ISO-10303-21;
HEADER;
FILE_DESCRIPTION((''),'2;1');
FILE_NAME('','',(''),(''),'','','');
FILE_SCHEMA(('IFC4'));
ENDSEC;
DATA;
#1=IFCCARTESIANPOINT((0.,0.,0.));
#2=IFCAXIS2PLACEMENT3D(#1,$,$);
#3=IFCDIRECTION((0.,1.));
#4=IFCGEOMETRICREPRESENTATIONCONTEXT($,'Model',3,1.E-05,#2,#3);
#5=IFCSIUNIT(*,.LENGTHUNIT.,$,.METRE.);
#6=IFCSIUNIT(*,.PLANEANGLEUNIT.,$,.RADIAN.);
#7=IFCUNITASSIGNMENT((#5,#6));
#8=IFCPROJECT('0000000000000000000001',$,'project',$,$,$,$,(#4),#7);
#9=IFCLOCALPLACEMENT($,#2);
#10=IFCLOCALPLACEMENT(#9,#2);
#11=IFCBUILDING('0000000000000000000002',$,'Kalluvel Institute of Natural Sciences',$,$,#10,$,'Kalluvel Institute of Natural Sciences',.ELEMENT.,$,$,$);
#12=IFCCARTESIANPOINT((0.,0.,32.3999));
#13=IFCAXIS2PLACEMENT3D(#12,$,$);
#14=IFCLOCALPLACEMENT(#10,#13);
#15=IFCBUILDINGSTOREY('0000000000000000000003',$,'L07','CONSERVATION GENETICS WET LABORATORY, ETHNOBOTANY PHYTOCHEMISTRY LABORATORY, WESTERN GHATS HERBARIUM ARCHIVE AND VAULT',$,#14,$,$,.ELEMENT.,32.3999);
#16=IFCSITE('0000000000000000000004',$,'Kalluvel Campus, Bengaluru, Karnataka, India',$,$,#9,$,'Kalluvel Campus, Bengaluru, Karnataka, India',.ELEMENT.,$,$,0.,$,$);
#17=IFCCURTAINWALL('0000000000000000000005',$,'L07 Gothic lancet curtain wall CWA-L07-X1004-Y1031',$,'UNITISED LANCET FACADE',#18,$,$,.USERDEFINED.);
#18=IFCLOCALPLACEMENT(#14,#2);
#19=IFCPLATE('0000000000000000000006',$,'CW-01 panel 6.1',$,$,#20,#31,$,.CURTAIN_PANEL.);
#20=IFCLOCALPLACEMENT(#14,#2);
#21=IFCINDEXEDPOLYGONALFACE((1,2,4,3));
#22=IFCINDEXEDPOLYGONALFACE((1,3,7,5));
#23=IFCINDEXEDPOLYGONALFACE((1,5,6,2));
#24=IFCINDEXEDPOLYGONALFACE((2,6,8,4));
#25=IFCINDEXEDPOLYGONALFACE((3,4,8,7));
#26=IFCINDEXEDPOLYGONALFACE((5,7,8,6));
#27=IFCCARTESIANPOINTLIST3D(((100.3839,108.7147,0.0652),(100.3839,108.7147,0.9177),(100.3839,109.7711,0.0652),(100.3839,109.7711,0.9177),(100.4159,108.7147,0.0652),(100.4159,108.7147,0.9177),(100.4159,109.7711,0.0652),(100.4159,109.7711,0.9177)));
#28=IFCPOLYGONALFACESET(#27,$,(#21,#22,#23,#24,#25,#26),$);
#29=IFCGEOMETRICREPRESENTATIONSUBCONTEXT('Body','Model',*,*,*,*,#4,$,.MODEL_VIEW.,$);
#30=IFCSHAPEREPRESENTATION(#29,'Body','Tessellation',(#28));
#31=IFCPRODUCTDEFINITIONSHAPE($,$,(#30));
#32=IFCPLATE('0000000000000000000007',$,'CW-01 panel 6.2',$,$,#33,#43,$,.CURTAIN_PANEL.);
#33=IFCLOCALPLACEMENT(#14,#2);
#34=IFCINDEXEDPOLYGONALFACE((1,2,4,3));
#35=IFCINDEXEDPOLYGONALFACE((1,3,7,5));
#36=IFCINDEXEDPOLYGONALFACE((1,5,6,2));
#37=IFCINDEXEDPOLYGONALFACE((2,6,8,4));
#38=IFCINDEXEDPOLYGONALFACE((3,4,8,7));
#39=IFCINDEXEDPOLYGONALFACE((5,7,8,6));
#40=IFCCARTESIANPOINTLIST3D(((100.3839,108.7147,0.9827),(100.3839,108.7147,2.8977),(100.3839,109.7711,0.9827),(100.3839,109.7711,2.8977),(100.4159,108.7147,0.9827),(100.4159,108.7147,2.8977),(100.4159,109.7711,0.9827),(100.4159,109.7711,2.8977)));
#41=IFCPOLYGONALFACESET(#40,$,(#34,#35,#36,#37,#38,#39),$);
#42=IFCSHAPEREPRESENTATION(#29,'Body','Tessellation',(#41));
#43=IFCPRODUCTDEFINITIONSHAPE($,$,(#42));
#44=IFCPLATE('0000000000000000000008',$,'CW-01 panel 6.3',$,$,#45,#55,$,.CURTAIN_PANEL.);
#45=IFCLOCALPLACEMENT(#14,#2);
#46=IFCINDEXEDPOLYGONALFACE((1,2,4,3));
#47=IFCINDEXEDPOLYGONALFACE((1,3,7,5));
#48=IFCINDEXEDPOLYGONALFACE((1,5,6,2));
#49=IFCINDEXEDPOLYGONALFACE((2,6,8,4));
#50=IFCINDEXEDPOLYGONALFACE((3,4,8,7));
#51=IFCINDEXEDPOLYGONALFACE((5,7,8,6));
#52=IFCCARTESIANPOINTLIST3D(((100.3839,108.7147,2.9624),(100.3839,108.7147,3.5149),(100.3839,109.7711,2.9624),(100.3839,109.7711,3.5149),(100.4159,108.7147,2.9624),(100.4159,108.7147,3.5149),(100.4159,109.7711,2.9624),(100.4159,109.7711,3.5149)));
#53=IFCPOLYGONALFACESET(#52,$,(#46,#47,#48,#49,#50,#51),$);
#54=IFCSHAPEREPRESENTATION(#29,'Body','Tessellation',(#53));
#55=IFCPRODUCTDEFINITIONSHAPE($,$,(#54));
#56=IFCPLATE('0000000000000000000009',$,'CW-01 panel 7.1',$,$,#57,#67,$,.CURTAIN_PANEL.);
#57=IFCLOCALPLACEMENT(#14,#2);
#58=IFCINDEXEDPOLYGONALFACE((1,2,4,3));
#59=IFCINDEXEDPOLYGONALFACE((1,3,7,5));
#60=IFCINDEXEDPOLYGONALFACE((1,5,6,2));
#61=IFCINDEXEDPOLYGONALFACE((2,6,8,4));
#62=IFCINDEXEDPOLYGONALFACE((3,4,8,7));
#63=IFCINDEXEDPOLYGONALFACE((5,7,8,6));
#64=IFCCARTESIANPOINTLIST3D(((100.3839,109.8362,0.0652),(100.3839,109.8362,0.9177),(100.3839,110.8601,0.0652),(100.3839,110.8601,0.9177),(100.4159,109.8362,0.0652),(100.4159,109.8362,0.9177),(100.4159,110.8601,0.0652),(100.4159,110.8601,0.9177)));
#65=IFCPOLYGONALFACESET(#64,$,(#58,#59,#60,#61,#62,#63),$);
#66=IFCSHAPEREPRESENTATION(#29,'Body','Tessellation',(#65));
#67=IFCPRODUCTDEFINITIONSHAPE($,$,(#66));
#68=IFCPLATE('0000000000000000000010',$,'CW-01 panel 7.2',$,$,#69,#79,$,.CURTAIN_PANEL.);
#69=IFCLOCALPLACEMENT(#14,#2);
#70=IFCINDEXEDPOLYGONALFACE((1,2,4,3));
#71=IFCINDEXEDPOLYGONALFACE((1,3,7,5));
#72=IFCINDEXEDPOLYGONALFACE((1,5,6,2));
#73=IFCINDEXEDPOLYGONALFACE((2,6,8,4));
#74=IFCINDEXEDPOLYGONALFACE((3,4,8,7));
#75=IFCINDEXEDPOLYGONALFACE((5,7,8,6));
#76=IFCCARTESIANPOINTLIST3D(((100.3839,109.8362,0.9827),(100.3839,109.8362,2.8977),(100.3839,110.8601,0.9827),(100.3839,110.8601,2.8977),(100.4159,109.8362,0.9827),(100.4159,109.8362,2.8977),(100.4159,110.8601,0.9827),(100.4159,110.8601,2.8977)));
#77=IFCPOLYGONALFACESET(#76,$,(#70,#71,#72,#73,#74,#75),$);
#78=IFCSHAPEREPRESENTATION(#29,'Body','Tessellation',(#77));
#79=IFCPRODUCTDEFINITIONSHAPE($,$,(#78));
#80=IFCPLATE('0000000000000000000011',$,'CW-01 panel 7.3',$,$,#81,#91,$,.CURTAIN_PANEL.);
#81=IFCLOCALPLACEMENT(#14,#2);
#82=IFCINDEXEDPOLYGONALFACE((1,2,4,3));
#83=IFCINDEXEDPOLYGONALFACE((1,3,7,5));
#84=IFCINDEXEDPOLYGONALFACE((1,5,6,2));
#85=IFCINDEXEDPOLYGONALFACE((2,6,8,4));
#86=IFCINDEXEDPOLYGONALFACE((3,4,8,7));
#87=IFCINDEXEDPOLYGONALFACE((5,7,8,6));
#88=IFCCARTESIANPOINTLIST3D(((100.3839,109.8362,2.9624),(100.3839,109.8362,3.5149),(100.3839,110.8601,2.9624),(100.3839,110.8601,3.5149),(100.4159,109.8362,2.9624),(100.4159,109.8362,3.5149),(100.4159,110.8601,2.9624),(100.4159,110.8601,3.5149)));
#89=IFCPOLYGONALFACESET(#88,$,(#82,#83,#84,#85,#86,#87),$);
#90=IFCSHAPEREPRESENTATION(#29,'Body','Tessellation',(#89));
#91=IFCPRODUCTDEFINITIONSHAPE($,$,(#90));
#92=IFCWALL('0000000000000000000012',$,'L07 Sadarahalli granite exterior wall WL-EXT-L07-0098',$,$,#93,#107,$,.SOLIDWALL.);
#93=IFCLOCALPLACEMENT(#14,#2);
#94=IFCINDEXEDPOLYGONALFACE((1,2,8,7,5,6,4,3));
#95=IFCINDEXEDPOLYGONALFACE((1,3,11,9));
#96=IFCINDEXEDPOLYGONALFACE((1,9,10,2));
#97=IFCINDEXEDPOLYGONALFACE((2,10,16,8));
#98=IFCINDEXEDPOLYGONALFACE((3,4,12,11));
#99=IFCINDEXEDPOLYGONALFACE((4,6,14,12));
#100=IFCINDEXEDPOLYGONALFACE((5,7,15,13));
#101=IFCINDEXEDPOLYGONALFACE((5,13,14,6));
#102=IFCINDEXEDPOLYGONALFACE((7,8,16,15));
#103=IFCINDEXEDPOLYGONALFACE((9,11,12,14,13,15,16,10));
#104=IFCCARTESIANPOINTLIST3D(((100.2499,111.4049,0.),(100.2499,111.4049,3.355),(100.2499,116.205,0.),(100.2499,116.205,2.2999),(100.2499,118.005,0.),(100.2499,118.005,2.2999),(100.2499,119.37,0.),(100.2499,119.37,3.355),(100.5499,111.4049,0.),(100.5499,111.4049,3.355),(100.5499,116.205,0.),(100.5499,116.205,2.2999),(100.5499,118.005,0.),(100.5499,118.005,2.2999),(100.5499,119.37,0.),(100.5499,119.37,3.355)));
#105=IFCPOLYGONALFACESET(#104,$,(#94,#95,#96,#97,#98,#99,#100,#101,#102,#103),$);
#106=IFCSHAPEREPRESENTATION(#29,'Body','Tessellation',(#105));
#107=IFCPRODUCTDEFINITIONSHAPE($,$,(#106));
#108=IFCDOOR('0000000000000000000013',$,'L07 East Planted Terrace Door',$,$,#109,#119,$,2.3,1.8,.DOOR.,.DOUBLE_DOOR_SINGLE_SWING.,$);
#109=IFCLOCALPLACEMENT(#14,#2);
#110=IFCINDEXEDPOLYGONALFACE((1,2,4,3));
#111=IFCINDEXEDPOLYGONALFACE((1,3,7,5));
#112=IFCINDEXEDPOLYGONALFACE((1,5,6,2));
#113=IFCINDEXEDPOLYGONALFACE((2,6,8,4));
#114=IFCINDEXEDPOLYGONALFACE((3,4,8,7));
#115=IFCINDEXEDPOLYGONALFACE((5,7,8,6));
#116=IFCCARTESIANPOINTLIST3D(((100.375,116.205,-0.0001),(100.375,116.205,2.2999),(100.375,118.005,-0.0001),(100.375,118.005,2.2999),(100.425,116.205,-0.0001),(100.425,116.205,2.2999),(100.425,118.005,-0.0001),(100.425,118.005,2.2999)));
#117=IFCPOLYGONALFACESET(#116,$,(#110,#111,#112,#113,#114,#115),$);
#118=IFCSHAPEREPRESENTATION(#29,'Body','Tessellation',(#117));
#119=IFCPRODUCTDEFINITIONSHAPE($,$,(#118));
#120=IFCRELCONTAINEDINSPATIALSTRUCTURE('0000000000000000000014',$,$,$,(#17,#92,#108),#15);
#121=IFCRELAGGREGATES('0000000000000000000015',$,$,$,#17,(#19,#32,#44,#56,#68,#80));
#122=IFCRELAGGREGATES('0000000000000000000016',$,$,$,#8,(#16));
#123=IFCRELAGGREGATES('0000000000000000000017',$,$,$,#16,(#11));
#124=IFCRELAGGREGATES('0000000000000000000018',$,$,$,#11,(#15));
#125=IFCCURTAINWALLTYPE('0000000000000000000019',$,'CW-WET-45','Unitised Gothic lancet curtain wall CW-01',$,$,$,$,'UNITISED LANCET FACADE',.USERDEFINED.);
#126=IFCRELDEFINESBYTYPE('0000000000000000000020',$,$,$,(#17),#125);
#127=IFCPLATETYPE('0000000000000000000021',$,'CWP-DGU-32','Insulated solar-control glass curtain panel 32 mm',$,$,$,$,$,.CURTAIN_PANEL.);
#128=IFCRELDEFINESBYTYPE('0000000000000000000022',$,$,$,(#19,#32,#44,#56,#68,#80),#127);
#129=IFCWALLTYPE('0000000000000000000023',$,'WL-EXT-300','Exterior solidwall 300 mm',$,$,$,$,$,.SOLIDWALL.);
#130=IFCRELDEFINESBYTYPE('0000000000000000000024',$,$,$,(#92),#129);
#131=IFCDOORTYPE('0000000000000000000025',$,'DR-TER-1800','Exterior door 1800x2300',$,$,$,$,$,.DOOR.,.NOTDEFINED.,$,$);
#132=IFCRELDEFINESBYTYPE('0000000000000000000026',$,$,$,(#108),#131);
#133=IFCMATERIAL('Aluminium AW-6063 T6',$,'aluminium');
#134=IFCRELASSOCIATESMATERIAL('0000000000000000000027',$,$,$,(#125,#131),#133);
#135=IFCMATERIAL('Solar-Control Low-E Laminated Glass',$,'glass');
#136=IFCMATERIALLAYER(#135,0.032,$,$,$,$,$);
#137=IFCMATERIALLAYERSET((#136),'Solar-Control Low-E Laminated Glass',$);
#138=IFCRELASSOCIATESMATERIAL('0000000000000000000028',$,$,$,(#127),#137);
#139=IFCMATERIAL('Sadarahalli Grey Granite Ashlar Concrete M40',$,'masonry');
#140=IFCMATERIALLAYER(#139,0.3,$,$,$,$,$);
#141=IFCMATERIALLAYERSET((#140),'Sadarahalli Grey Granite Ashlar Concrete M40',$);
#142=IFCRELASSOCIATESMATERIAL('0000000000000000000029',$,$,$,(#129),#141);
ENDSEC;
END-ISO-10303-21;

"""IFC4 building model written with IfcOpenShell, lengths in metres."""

from ifc_helpers import new_model, si_unit, direction, frame, frame_2d, origin, origin_2d, place, context, subcontext, project, spatial, rectangle, extrude, material, layer, layer_set, type_object, element, fill, aggregate, save


model = new_model("IFC4")

# Units and contexts
model_context = context("Model", 3, precision=1e-05, world=origin(), true_north=direction((0.0, 1.0)))
body_context = subcontext(model_context, "Body", "Model", "MODEL_VIEW")
ifc_project = project(units=[si_unit("LENGTHUNIT", "METRE"), si_unit("PLANEANGLEUNIT", "RADIAN")], contexts=[model_context])

# Site, building, storey
site_placement = place(None, origin())
site = spatial("IfcSite", under=ifc_project, at=site_placement, Name="Kalluvel Campus, Bengaluru, Karnataka, India", LongName="Kalluvel Campus, Bengaluru, Karnataka, India", CompositionType="ELEMENT", RefElevation=0.0)
building_placement = place(site_placement, origin())
building = spatial("IfcBuilding", under=site, at=building_placement, Name="Kalluvel Institute of Natural Sciences", LongName="Kalluvel Institute of Natural Sciences", CompositionType="ELEMENT")
storey_placement = place(building_placement, frame((0.0, 0.0, 32.3999)))
storey = spatial("IfcBuildingStorey", under=building, at=storey_placement, Name="L07", Description="CONSERVATION GENETICS WET LABORATORY, ETHNOBOTANY PHYTOCHEMISTRY LABORATORY, WESTERN GHATS HERBARIUM ARCHIVE AND VAULT", CompositionType="ELEMENT", Elevation=32.3999)

# Curtain wall
ifc_material_1 = material(Name="Aluminium AW-6063 T6", Category="aluminium")
curtain_wall_type = type_object("IfcCurtainWallType", Name="CW-WET-45", Description="Unitised Gothic lancet curtain wall CW-01", ElementType="UNITISED LANCET FACADE", PredefinedType="USERDEFINED", material=ifc_material_1)
curtain_wall_1_placement = place(storey_placement, origin())
curtain_wall_1 = element("IfcCurtainWall", 1, at=curtain_wall_1_placement, inside=storey, type_object=curtain_wall_type, Name="L07 Gothic lancet curtain wall CWA-L07-X1004-Y1031", ObjectType="UNITISED LANCET FACADE", PredefinedType="USERDEFINED")

# Plates
ifc_material_2 = material(Name="Solar-Control Low-E Laminated Glass", Category="glass")
ifc_layer_1 = layer(ifc_material_2, 0.032)
ifc_layer_set_1 = layer_set([ifc_layer_1], Name="Solar-Control Low-E Laminated Glass")
plate_type = type_object("IfcPlateType", Name="CWP-DGU-32", Description="Insulated solar-control glass curtain panel 32 mm", PredefinedType="CURTAIN_PANEL", material=ifc_layer_set_1)
plate_1_placement = place(storey_placement, frame((100.3999, 109.2429, 0.0652), z_axis=(0.0, 0.0, 1.0), x_axis=(0.0, 1.0, 0.0)))
plate_1 = element("IfcPlate", 2, at=plate_1_placement, type_object=plate_type, Name="CW-01 panel 6.1", PredefinedType="CURTAIN_PANEL", context=body_context, shape_type="SweptSolid", body=[
    extrude(rectangle(XDim=1.0564, YDim=0.032, at=origin_2d()), origin(), (0.0, 0.0, 1.0), 0.8525),
])
plate_2_placement = place(storey_placement, frame((100.3999, 109.2429, 0.9827), z_axis=(0.0, 0.0, 1.0), x_axis=(0.0, 1.0, 0.0)))
plate_2 = element("IfcPlate", 3, at=plate_2_placement, type_object=plate_type, Name="CW-01 panel 6.2", PredefinedType="CURTAIN_PANEL", context=body_context, shape_type="SweptSolid", body=[
    extrude(rectangle(XDim=1.0564, YDim=0.032, at=origin_2d()), origin(), (0.0, 0.0, 1.0), 1.915),
])
plate_3_placement = place(storey_placement, frame((100.3999, 109.2429, 2.9624), z_axis=(0.0, 0.0, 1.0), x_axis=(0.0, 1.0, 0.0)))
plate_3 = element("IfcPlate", 4, at=plate_3_placement, type_object=plate_type, Name="CW-01 panel 6.3", PredefinedType="CURTAIN_PANEL", context=body_context, shape_type="SweptSolid", body=[
    extrude(rectangle(XDim=1.0564, YDim=0.032, at=origin_2d()), origin(), (0.0, 0.0, 1.0), 0.5525),
])
plate_4_placement = place(storey_placement, frame((100.3999, 110.3481, 0.0652), z_axis=(0.0, 0.0, 1.0), x_axis=(0.0, 1.0, 0.0)))
plate_4 = element("IfcPlate", 5, at=plate_4_placement, type_object=plate_type, Name="CW-01 panel 7.1", PredefinedType="CURTAIN_PANEL", context=body_context, shape_type="SweptSolid", body=[
    extrude(rectangle(XDim=1.0239, YDim=0.032, at=origin_2d()), origin(), (0.0, 0.0, 1.0), 0.8525),
])
plate_5_placement = place(storey_placement, frame((100.3999, 110.3481, 0.9827), z_axis=(0.0, 0.0, 1.0), x_axis=(0.0, 1.0, 0.0)))
plate_5 = element("IfcPlate", 6, at=plate_5_placement, type_object=plate_type, Name="CW-01 panel 7.2", PredefinedType="CURTAIN_PANEL", context=body_context, shape_type="SweptSolid", body=[
    extrude(rectangle(XDim=1.0239, YDim=0.032, at=origin_2d()), origin(), (0.0, 0.0, 1.0), 1.915),
])
plate_6_placement = place(storey_placement, frame((100.3999, 110.3481, 2.9624), z_axis=(0.0, 0.0, 1.0), x_axis=(0.0, 1.0, 0.0)))
plate_6 = element("IfcPlate", 7, at=plate_6_placement, type_object=plate_type, Name="CW-01 panel 7.3", PredefinedType="CURTAIN_PANEL", context=body_context, shape_type="SweptSolid", body=[
    extrude(rectangle(XDim=1.0239, YDim=0.032, at=origin_2d()), origin(), (0.0, 0.0, 1.0), 0.5525),
])
aggregate(curtain_wall_1, [plate_1, plate_2, plate_3, plate_4, plate_5, plate_6])

# Wall, opening, door
ifc_material_3 = material(Name="Sadarahalli Grey Granite Ashlar Concrete M40", Category="masonry")
ifc_layer_2 = layer(ifc_material_3, 0.3)
ifc_layer_set_2 = layer_set([ifc_layer_2], Name="Sadarahalli Grey Granite Ashlar Concrete M40")
wall_type = type_object("IfcWallType", Name="WL-EXT-300", Description="Exterior solidwall 300 mm", PredefinedType="SOLIDWALL", material=ifc_layer_set_2)
wall_placement = place(storey_placement, frame((100.3999, 111.405, 0.0), z_axis=(0.0, 0.0, 1.0), x_axis=(0.0, 1.0, 0.0)))
wall = element("IfcWall", 8, at=wall_placement, inside=storey, type_object=wall_type, Name="L07 Sadarahalli granite exterior wall WL-EXT-L07-0098", PredefinedType="SOLIDWALL", context=body_context, shape_type="SweptSolid", body=[
    extrude(rectangle(XDim=7.9651, YDim=0.3, at=frame_2d((3.9824, 0.0))), origin(), (0.0, 0.0, 1.0), 3.355),
])
opening_placement = place(wall_placement, frame((4.8, 0.0, 0.0)))
opening = element("IfcOpeningElement", 9, at=opening_placement, cuts=wall, PredefinedType="OPENING", context=body_context, shape_type="SweptSolid", body=[
    extrude(rectangle(XDim=1.8, YDim=2.3, at=frame_2d((0.8999, 1.1499))), frame((0.0, 0.1599, 0.0), z_axis=(0.0, -1.0, 0.0), x_axis=(1.0, 0.0, 0.0)), (0.0, 0.0, 1.0), 0.3201),
])
door_type = type_object("IfcDoorType", Name="DR-TER-1800", Description="Exterior door 1800x2300", OperationType="NOTDEFINED", PredefinedType="DOOR", material=ifc_material_1)
door_placement = place(opening_placement, origin())
door = element("IfcDoor", 10, at=door_placement, inside=storey, type_object=door_type, Name="L07 East Planted Terrace Door", OperationType="DOUBLE_DOOR_SINGLE_SWING", OverallHeight=2.3, OverallWidth=1.8, PredefinedType="DOOR", context=body_context, shape_type="SweptSolid", body=[
    extrude(rectangle(XDim=1.8, YDim=2.3, at=frame_2d((0.8999, 1.1499))), frame((0.0, 0.0249, 0.0), z_axis=(0.0, -1.0, 0.0), x_axis=(1.0, 0.0, 0.0)), (0.0, 0.0, 1.0), 0.05),
])
fill(opening, door)

save(model, "model.ifc")
